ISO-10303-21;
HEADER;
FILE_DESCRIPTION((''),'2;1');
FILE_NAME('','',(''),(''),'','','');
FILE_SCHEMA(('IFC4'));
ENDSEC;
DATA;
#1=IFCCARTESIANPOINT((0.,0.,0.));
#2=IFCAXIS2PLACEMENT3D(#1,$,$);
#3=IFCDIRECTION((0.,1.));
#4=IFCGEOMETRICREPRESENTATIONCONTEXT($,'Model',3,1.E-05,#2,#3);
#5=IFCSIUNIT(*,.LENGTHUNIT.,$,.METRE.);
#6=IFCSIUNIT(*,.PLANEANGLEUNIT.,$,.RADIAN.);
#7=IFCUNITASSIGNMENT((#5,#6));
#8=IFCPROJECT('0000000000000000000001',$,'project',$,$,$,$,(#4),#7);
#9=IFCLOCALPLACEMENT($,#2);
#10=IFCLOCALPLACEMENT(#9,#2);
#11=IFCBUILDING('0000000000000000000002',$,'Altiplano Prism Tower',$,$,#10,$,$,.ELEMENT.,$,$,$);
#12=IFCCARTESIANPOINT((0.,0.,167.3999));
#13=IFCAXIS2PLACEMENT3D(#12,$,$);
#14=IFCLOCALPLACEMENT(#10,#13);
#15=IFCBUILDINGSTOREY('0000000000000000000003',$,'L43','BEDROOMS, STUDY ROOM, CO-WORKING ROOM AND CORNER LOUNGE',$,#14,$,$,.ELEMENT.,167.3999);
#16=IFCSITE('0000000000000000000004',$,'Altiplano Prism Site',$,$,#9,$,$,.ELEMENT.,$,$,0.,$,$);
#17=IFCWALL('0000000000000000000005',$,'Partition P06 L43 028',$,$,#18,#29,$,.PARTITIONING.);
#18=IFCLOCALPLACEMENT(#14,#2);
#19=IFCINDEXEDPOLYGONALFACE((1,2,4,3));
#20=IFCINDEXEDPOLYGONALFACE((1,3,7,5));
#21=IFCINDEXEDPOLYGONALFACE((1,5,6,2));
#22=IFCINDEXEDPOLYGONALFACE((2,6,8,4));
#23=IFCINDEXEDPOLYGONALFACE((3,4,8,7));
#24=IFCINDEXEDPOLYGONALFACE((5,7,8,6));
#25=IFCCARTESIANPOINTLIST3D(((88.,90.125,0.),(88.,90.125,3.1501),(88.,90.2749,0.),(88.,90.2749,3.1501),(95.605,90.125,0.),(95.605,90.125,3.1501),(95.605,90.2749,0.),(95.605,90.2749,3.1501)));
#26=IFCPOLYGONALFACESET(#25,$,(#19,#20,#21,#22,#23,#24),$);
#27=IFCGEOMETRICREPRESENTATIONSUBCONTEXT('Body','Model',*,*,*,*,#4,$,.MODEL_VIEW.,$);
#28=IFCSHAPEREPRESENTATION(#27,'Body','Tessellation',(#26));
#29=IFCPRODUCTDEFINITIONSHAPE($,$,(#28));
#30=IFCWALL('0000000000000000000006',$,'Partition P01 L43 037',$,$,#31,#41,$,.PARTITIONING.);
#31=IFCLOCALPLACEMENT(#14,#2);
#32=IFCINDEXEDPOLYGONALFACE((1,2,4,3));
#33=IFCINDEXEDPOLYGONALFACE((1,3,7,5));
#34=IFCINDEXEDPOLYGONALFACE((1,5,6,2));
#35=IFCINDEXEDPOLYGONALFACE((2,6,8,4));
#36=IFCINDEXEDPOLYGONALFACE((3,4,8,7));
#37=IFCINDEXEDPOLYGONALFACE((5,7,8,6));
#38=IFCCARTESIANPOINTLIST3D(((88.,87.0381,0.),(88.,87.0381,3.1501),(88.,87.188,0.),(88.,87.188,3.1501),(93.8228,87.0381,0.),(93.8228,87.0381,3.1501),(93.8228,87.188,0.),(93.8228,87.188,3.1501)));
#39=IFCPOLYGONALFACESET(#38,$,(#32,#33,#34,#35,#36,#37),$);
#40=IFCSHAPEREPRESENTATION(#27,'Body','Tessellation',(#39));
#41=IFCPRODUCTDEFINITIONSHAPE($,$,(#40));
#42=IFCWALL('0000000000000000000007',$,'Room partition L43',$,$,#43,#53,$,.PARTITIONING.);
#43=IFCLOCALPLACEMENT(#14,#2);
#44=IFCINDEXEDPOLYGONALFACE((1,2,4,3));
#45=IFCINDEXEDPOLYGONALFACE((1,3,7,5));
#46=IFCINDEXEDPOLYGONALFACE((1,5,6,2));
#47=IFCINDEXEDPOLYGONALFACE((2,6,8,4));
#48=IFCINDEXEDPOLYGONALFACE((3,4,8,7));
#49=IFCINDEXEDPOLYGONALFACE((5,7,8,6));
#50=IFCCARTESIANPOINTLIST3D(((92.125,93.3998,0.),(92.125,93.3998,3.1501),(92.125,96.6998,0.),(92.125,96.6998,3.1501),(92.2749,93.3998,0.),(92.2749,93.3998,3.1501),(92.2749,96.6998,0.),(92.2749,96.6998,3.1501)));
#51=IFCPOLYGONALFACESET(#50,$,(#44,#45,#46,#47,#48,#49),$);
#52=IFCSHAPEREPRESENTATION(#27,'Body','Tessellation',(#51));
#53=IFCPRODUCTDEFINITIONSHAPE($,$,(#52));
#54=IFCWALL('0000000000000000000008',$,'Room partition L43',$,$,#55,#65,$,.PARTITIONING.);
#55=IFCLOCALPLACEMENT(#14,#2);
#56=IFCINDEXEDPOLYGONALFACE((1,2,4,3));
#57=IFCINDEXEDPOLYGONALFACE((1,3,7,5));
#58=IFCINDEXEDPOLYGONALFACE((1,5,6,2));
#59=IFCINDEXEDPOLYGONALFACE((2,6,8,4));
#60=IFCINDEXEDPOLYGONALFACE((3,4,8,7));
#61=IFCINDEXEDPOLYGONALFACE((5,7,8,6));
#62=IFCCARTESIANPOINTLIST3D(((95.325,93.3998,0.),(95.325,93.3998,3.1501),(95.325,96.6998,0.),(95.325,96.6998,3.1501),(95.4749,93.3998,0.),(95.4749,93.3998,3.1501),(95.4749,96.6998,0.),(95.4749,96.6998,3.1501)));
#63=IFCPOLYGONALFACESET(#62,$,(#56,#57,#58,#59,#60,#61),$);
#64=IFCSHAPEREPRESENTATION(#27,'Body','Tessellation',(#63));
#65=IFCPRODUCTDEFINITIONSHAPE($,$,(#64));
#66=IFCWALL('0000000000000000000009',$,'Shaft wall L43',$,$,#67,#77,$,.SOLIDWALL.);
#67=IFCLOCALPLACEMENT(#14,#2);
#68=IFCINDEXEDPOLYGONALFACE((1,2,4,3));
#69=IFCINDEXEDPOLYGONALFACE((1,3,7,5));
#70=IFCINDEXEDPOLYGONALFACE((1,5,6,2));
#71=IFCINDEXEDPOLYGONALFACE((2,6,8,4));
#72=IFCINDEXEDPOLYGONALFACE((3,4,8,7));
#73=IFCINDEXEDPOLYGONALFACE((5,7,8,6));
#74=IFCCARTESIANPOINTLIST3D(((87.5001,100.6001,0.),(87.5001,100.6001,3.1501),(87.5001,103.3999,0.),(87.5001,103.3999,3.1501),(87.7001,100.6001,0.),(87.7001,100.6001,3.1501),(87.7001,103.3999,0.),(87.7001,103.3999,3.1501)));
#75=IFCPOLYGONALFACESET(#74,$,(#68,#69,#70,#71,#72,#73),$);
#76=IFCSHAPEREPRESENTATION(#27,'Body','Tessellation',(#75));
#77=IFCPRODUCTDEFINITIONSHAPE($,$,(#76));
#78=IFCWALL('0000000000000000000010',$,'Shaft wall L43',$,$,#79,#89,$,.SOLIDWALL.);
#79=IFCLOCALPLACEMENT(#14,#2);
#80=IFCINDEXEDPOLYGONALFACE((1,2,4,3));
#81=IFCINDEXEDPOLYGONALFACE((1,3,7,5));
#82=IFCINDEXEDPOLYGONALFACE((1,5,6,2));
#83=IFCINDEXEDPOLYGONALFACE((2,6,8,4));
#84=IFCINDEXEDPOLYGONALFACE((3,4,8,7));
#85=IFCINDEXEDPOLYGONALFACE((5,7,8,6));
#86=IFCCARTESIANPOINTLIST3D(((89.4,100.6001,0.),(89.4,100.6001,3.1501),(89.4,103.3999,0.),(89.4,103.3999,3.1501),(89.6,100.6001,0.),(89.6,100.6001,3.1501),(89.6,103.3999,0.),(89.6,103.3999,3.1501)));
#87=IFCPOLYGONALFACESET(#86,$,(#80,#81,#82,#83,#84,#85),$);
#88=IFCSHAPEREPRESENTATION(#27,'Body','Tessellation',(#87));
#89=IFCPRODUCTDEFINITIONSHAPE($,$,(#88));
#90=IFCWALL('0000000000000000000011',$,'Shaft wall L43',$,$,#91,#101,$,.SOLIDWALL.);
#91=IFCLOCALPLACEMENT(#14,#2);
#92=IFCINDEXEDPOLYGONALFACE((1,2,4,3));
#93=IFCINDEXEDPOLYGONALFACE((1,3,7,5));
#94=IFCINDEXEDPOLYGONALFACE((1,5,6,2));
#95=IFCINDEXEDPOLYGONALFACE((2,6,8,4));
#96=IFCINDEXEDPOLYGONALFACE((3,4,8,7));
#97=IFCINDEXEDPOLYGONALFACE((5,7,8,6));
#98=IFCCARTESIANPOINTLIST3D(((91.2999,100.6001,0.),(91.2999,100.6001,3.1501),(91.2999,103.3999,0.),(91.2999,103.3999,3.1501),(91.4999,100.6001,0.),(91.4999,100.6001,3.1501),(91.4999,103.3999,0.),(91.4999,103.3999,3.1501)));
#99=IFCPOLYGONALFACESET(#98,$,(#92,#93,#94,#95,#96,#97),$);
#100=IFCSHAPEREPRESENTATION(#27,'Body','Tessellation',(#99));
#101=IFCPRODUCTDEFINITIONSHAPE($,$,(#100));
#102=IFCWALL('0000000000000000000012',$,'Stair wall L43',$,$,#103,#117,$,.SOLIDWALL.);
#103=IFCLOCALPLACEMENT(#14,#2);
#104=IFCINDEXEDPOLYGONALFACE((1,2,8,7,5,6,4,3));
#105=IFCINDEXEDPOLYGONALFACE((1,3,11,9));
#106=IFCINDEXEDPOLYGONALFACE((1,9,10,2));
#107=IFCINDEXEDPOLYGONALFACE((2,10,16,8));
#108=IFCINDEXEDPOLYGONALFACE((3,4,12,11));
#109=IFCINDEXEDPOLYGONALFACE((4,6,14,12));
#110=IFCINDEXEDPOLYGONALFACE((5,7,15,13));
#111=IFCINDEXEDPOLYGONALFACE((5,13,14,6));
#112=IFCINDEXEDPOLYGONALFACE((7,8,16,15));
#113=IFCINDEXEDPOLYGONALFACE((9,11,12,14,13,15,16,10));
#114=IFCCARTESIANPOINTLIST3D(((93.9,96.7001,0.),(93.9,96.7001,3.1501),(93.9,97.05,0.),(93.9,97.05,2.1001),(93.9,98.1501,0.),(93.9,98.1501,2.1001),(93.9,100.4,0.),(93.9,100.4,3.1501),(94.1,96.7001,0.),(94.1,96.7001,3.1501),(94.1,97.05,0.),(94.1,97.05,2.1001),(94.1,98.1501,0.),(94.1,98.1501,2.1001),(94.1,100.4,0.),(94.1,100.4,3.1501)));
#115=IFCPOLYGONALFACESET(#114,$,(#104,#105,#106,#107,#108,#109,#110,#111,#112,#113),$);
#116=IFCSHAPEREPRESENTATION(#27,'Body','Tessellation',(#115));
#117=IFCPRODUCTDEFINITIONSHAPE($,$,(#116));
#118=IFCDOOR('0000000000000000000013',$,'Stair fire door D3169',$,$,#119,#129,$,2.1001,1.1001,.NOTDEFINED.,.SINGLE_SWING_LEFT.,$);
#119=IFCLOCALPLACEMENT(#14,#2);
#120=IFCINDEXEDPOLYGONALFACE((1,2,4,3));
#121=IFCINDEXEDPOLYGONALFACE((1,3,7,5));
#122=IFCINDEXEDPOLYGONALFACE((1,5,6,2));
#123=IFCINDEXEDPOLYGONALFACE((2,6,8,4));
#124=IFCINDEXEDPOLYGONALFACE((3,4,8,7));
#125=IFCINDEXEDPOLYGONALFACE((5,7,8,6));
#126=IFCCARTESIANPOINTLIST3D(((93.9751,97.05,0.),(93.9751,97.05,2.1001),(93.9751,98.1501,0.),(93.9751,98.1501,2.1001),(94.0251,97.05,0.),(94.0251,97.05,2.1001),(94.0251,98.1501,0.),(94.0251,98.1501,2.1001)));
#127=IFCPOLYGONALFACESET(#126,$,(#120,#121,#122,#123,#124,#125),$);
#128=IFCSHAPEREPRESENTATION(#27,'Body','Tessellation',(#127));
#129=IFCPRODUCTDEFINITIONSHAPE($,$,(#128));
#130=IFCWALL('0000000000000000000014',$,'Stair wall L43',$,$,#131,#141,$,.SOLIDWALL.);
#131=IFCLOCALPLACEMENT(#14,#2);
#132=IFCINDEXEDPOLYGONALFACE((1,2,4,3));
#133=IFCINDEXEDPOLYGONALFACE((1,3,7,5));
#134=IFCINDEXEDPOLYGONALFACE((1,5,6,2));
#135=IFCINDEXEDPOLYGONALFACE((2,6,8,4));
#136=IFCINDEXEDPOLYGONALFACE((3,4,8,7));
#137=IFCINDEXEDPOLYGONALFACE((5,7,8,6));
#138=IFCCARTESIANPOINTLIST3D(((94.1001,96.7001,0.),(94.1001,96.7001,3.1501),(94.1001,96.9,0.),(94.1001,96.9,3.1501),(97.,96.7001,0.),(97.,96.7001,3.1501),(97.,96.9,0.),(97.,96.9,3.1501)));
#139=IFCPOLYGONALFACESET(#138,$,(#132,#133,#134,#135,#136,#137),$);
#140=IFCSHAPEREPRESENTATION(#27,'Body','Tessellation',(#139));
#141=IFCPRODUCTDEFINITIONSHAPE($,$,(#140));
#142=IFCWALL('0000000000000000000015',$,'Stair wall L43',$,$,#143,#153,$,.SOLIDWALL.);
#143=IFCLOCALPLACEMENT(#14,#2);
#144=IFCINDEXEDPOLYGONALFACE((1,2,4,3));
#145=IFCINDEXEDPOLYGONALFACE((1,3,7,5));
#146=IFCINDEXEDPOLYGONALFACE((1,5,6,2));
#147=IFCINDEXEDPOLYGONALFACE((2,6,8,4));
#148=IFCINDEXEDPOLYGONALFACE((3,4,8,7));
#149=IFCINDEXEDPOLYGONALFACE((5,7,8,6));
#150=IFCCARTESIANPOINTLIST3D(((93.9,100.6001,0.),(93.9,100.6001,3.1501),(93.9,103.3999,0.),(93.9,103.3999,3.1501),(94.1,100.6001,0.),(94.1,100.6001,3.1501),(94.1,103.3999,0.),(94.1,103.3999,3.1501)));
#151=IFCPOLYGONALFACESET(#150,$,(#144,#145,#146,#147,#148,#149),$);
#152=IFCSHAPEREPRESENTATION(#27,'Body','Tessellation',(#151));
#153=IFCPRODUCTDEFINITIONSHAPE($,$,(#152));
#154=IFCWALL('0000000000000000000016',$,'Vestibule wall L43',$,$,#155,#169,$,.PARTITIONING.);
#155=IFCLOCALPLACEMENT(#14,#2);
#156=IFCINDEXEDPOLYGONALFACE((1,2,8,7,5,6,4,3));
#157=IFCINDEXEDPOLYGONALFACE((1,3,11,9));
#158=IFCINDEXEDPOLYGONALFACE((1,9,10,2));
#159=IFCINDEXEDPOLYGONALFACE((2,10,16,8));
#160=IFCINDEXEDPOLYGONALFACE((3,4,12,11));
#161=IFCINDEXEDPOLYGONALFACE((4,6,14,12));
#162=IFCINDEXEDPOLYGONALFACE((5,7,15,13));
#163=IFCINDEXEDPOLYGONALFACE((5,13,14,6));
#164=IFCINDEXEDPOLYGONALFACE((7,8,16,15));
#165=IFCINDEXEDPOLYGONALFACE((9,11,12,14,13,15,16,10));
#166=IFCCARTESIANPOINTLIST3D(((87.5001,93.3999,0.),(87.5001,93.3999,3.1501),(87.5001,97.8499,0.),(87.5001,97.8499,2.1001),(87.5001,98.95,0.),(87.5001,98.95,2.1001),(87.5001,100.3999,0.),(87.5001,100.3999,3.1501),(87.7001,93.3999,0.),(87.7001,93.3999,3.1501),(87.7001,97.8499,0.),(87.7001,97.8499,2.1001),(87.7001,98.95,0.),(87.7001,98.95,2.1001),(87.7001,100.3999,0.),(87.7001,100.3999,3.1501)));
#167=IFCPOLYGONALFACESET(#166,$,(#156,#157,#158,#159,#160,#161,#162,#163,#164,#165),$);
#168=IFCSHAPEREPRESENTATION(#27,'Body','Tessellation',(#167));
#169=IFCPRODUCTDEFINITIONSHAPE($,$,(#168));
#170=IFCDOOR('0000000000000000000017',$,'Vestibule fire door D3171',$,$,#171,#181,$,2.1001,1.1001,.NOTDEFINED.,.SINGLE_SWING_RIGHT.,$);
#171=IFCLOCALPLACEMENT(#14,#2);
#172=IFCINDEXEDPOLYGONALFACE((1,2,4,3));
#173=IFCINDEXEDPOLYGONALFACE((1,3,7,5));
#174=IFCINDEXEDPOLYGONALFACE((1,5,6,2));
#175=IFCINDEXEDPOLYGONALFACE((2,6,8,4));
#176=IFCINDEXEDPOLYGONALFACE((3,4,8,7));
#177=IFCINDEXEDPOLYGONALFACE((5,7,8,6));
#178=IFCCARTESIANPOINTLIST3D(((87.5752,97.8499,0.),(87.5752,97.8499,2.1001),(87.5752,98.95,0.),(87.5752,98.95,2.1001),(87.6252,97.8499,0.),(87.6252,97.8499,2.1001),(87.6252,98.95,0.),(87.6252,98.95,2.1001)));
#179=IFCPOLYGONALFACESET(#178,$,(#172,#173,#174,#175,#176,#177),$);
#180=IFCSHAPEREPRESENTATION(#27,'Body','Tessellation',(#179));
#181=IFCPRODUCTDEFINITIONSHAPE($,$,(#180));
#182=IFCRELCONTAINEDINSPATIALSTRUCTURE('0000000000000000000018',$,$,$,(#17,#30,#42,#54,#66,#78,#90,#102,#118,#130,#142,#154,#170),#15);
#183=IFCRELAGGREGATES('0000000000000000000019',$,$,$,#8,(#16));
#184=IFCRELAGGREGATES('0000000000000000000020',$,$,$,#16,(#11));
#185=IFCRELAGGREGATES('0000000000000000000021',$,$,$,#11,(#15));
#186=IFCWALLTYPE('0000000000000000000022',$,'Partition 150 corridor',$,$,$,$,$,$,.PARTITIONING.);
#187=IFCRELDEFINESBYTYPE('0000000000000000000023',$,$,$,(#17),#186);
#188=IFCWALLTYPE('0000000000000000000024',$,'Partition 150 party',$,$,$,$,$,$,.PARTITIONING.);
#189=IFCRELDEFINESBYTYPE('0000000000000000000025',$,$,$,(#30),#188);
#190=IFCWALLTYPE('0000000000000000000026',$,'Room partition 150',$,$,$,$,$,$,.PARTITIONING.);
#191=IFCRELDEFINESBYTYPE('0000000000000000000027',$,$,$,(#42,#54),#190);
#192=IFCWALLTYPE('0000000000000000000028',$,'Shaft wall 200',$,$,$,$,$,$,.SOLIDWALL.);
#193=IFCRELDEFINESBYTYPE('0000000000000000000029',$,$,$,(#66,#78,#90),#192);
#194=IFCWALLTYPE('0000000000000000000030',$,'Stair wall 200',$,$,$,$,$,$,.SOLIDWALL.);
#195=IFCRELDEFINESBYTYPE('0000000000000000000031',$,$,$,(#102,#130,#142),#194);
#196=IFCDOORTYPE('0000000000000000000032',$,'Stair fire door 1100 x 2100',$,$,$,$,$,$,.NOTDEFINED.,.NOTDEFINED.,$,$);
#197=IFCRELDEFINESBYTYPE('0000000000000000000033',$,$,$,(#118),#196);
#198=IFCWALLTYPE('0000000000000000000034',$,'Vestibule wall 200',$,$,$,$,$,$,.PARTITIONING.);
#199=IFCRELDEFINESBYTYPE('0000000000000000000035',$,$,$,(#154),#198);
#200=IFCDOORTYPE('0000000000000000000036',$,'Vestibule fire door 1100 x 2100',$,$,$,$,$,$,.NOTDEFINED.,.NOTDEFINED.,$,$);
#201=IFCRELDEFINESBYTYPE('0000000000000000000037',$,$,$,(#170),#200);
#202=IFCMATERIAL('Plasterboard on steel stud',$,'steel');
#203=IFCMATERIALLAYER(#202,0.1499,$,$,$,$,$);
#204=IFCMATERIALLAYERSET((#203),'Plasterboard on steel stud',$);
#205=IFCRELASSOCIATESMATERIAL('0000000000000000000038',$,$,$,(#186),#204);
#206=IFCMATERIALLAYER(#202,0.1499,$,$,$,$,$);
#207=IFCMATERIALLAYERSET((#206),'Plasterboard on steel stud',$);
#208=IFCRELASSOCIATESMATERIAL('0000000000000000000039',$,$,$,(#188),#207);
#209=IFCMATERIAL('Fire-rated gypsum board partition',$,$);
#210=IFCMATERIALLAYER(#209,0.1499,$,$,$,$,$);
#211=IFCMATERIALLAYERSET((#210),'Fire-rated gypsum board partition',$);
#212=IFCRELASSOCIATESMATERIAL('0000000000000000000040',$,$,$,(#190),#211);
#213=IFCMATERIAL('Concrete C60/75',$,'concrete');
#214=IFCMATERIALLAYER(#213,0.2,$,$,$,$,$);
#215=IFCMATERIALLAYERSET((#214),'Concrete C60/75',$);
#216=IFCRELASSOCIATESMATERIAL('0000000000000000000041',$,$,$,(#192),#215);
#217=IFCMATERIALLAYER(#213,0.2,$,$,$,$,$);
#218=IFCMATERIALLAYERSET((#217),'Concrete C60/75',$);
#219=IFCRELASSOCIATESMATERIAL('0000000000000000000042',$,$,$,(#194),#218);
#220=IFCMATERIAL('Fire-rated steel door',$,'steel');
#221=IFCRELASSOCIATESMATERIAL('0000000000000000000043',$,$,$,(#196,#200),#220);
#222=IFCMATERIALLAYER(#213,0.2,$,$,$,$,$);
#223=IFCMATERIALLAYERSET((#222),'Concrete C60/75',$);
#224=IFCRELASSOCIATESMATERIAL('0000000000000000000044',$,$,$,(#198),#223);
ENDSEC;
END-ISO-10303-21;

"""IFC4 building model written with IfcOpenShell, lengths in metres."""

from ifc_helpers import new_model, si_unit, direction, frame, frame_2d, origin, place, context, subcontext, project, spatial, rectangle, extrude, material, layer, layer_set, type_object, element, fill, save


model = new_model("IFC4")

# Units and contexts
model_context = context("Model", 3, precision=1e-05, world=origin(), true_north=direction((0.0, 1.0)))
body_context = subcontext(model_context, "Body", "Model", "MODEL_VIEW")
ifc_project = project(units=[si_unit("LENGTHUNIT", "METRE"), si_unit("PLANEANGLEUNIT", "RADIAN")], contexts=[model_context])

# Site, building, storey
site_placement = place(None, origin())
site = spatial("IfcSite", under=ifc_project, at=site_placement, Name="Altiplano Prism Site", CompositionType="ELEMENT", RefElevation=0.0)
building_placement = place(site_placement, origin())
building = spatial("IfcBuilding", under=site, at=building_placement, Name="Altiplano Prism Tower", CompositionType="ELEMENT")
storey_placement = place(building_placement, frame((0.0, 0.0, 167.3999)))
storey = spatial("IfcBuildingStorey", under=building, at=storey_placement, Name="L43", Description="BEDROOMS, STUDY ROOM, CO-WORKING ROOM AND CORNER LOUNGE", CompositionType="ELEMENT", Elevation=167.3999)

# Walls
ifc_material_1 = material(Name="Plasterboard on steel stud", Category="steel")
ifc_layer_1 = layer(ifc_material_1, 0.1499)
ifc_layer_set_1 = layer_set([ifc_layer_1], Name="Plasterboard on steel stud")
wall_type_1 = type_object("IfcWallType", Name="Partition 150 corridor", PredefinedType="PARTITIONING", material=ifc_layer_set_1)
wall_1_placement = place(storey_placement, frame((88.0, 90.2, 0.0), z_axis=(0.0, 0.0, 1.0), x_axis=(1.0, 0.0, 0.0)))
element("IfcWall", 1, at=wall_1_placement, inside=storey, type_object=wall_type_1, Name="Partition P06 L43 028", PredefinedType="PARTITIONING", context=body_context, shape_type="SweptSolid", body=[
    extrude(rectangle(XDim=7.605, YDim=0.1499, at=frame_2d((3.8025, 0.0))), origin(), (0.0, 0.0, 1.0), 3.1501),
])
ifc_layer_2 = layer(ifc_material_1, 0.1499)
ifc_layer_set_2 = layer_set([ifc_layer_2], Name="Plasterboard on steel stud")
wall_type_2 = type_object("IfcWallType", Name="Partition 150 party", PredefinedType="PARTITIONING", material=ifc_layer_set_2)
wall_2_placement = place(storey_placement, frame((93.8228, 87.113, 0.0), z_axis=(0.0, 0.0, 1.0), x_axis=(-1.0, 0.0, 0.0)))
element("IfcWall", 2, at=wall_2_placement, inside=storey, type_object=wall_type_2, Name="Partition P01 L43 037", PredefinedType="PARTITIONING", context=body_context, shape_type="SweptSolid", body=[
    extrude(rectangle(XDim=5.8228, YDim=0.1499, at=frame_2d((2.9114, 0.0))), origin(), (0.0, 0.0, 1.0), 3.1501),
])
ifc_material_2 = material(Name="Fire-rated gypsum board partition")
ifc_layer_3 = layer(ifc_material_2, 0.1499)
ifc_layer_set_3 = layer_set([ifc_layer_3], Name="Fire-rated gypsum board partition")
wall_type_3 = type_object("IfcWallType", Name="Room partition 150", PredefinedType="PARTITIONING", material=ifc_layer_set_3)
for number, where, z_axis, x_axis, name in (
    (3, (92.2, 93.3999, 0.0), (0.0, 0.0, 1.0), (0.0, 1.0, 0.0), "Room partition L43"),
    (4, (95.3999, 93.3999, 0.0), (0.0, 0.0, 1.0), (0.0, 1.0, 0.0), "Room partition L43"),
):
    element("IfcWall", number, at=place(storey_placement, frame(where, z_axis=z_axis, x_axis=x_axis)), inside=storey, type_object=wall_type_3, Name=name, PredefinedType="PARTITIONING", context=body_context, shape_type="SweptSolid", body=[
        extrude(rectangle(XDim=3.3, YDim=0.1499, at=frame_2d((1.6499, 0.0))), origin(), (0.0, 0.0, 1.0), 3.1501),
    ])
ifc_material_3 = material(Name="Concrete C60/75", Category="concrete")
ifc_layer_4 = layer(ifc_material_3, 0.2)
ifc_layer_set_4 = layer_set([ifc_layer_4], Name="Concrete C60/75")
wall_type_4 = type_object("IfcWallType", Name="Shaft wall 200", PredefinedType="SOLIDWALL", material=ifc_layer_set_4)
for number, where, z_axis, x_axis, name in (
    (5, (87.6001, 100.6001, 0.0), (0.0, 0.0, 1.0), (0.0, 1.0, 0.0), "Shaft wall L43"),
    (6, (89.5, 100.6001, 0.0), (0.0, 0.0, 1.0), (0.0, 1.0, 0.0), "Shaft wall L43"),
    (7, (91.3999, 100.6001, 0.0), (0.0, 0.0, 1.0), (0.0, 1.0, 0.0), "Shaft wall L43"),
):
    element("IfcWall", number, at=place(storey_placement, frame(where, z_axis=z_axis, x_axis=x_axis)), inside=storey, type_object=wall_type_4, Name=name, PredefinedType="SOLIDWALL", context=body_context, shape_type="SweptSolid", body=[
        extrude(rectangle(XDim=2.7998, YDim=0.2, at=frame_2d((1.3999, 0.0))), origin(), (0.0, 0.0, 1.0), 3.1501),
    ])

# Wall, opening, door
ifc_layer_5 = layer(ifc_material_3, 0.2)
ifc_layer_set_5 = layer_set([ifc_layer_5], Name="Concrete C60/75")
wall_type_5 = type_object("IfcWallType", Name="Stair wall 200", PredefinedType="SOLIDWALL", material=ifc_layer_set_5)
wall_3_placement = place(storey_placement, frame((94.0, 96.7, 0.0), z_axis=(0.0, 0.0, 1.0), x_axis=(0.0, 1.0, 0.0)))
wall_3 = element("IfcWall", 8, at=wall_3_placement, inside=storey, type_object=wall_type_5, Name="Stair wall L43", PredefinedType="SOLIDWALL", context=body_context, shape_type="SweptSolid", body=[
    extrude(rectangle(XDim=3.7, YDim=0.2, at=frame_2d((1.8501, 0.0))), origin(), (0.0, 0.0, 1.0), 3.1501),
])
opening_1_placement = place(wall_3_placement, frame((0.3501, 0.0, 0.0)))
opening_1 = element("IfcOpeningElement", 9, at=opening_1_placement, cuts=wall_3, PredefinedType="OPENING", context=body_context, shape_type="SweptSolid", body=[
    extrude(rectangle(XDim=1.1001, YDim=2.1001, at=frame_2d((0.55, 1.05))), frame((0.0, 0.1104, 0.0), z_axis=(0.0, -1.0, 0.0), x_axis=(1.0, 0.0, 0.0)), (0.0, 0.0, 1.0), 0.2209),
])
ifc_material_4 = material(Name="Fire-rated steel door", Category="steel")
door_type_1 = type_object("IfcDoorType", Name="Stair fire door 1100 x 2100", OperationType="NOTDEFINED", PredefinedType="NOTDEFINED", material=ifc_material_4)
door_1_placement = place(opening_1_placement, origin())
door_1 = element("IfcDoor", 10, at=door_1_placement, inside=storey, type_object=door_type_1, Name="Stair fire door D3169", OperationType="SINGLE_SWING_LEFT", OverallHeight=2.1001, OverallWidth=1.1001, PredefinedType="NOTDEFINED", context=body_context, shape_type="SweptSolid", body=[
    extrude(rectangle(XDim=1.1001, YDim=2.1001, at=frame_2d((0.55, 1.05))), frame((0.0, 0.0249, 0.0), z_axis=(0.0, -1.0, 0.0), x_axis=(1.0, 0.0, 0.0)), (0.0, 0.0, 1.0), 0.05),
])
fill(opening_1, door_1)

# Walls
wall_4_placement = place(storey_placement, frame((94.1001, 96.8, 0.0), z_axis=(0.0, 0.0, 1.0), x_axis=(1.0, 0.0, 0.0)))
element("IfcWall", 11, at=wall_4_placement, inside=storey, type_object=wall_type_5, Name="Stair wall L43", PredefinedType="SOLIDWALL", context=body_context, shape_type="SweptSolid", body=[
    extrude(rectangle(XDim=2.8999, YDim=0.2, at=frame_2d((1.45, 0.0))), origin(), (0.0, 0.0, 1.0), 3.1501),
])
wall_5_placement = place(storey_placement, frame((94.0, 100.6001, 0.0), z_axis=(0.0, 0.0, 1.0), x_axis=(0.0, 1.0, 0.0)))
element("IfcWall", 12, at=wall_5_placement, inside=storey, type_object=wall_type_5, Name="Stair wall L43", PredefinedType="SOLIDWALL", context=body_context, shape_type="SweptSolid", body=[
    extrude(rectangle(XDim=2.7998, YDim=0.2, at=frame_2d((1.3999, 0.0))), origin(), (0.0, 0.0, 1.0), 3.1501),
])

# Wall, opening, door
ifc_layer_6 = layer(ifc_material_3, 0.2)
ifc_layer_set_6 = layer_set([ifc_layer_6], Name="Concrete C60/75")
wall_type_6 = type_object("IfcWallType", Name="Vestibule wall 200", PredefinedType="PARTITIONING", material=ifc_layer_set_6)
wall_6_placement = place(storey_placement, frame((87.6001, 93.3999, 0.0), z_axis=(0.0, 0.0, 1.0), x_axis=(0.0, 1.0, 0.0)))
wall_6 = element("IfcWall", 13, at=wall_6_placement, inside=storey, type_object=wall_type_6, Name="Vestibule wall L43", PredefinedType="PARTITIONING", context=body_context, shape_type="SweptSolid", body=[
    extrude(rectangle(XDim=7.0, YDim=0.2, at=frame_2d((3.5, 0.0))), origin(), (0.0, 0.0, 1.0), 3.1501),
])
opening_2_placement = place(wall_6_placement, frame((4.45, 0.0, 0.0)))
opening_2 = element("IfcOpeningElement", 14, at=opening_2_placement, cuts=wall_6, PredefinedType="OPENING", context=body_context, shape_type="SweptSolid", body=[
    extrude(rectangle(XDim=1.1001, YDim=2.1001, at=frame_2d((0.55, 1.05))), frame((0.0, 0.1104, 0.0), z_axis=(0.0, -1.0, 0.0), x_axis=(1.0, 0.0, 0.0)), (0.0, 0.0, 1.0), 0.2209),
])
door_type_2 = type_object("IfcDoorType", Name="Vestibule fire door 1100 x 2100", OperationType="NOTDEFINED", PredefinedType="NOTDEFINED", material=ifc_material_4)
door_2_placement = place(opening_2_placement, origin())
door_2 = element("IfcDoor", 15, at=door_2_placement, inside=storey, type_object=door_type_2, Name="Vestibule fire door D3171", OperationType="SINGLE_SWING_RIGHT", OverallHeight=2.1001, OverallWidth=1.1001, PredefinedType="NOTDEFINED", context=body_context, shape_type="SweptSolid", body=[
    extrude(rectangle(XDim=1.1001, YDim=2.1001, at=frame_2d((0.55, 1.05))), frame((0.0, 0.0249, 0.0), z_axis=(0.0, -1.0, 0.0), x_axis=(1.0, 0.0, 0.0)), (0.0, 0.0, 1.0), 0.05),
])
fill(opening_2, door_2)

save(model, "model.ifc")
